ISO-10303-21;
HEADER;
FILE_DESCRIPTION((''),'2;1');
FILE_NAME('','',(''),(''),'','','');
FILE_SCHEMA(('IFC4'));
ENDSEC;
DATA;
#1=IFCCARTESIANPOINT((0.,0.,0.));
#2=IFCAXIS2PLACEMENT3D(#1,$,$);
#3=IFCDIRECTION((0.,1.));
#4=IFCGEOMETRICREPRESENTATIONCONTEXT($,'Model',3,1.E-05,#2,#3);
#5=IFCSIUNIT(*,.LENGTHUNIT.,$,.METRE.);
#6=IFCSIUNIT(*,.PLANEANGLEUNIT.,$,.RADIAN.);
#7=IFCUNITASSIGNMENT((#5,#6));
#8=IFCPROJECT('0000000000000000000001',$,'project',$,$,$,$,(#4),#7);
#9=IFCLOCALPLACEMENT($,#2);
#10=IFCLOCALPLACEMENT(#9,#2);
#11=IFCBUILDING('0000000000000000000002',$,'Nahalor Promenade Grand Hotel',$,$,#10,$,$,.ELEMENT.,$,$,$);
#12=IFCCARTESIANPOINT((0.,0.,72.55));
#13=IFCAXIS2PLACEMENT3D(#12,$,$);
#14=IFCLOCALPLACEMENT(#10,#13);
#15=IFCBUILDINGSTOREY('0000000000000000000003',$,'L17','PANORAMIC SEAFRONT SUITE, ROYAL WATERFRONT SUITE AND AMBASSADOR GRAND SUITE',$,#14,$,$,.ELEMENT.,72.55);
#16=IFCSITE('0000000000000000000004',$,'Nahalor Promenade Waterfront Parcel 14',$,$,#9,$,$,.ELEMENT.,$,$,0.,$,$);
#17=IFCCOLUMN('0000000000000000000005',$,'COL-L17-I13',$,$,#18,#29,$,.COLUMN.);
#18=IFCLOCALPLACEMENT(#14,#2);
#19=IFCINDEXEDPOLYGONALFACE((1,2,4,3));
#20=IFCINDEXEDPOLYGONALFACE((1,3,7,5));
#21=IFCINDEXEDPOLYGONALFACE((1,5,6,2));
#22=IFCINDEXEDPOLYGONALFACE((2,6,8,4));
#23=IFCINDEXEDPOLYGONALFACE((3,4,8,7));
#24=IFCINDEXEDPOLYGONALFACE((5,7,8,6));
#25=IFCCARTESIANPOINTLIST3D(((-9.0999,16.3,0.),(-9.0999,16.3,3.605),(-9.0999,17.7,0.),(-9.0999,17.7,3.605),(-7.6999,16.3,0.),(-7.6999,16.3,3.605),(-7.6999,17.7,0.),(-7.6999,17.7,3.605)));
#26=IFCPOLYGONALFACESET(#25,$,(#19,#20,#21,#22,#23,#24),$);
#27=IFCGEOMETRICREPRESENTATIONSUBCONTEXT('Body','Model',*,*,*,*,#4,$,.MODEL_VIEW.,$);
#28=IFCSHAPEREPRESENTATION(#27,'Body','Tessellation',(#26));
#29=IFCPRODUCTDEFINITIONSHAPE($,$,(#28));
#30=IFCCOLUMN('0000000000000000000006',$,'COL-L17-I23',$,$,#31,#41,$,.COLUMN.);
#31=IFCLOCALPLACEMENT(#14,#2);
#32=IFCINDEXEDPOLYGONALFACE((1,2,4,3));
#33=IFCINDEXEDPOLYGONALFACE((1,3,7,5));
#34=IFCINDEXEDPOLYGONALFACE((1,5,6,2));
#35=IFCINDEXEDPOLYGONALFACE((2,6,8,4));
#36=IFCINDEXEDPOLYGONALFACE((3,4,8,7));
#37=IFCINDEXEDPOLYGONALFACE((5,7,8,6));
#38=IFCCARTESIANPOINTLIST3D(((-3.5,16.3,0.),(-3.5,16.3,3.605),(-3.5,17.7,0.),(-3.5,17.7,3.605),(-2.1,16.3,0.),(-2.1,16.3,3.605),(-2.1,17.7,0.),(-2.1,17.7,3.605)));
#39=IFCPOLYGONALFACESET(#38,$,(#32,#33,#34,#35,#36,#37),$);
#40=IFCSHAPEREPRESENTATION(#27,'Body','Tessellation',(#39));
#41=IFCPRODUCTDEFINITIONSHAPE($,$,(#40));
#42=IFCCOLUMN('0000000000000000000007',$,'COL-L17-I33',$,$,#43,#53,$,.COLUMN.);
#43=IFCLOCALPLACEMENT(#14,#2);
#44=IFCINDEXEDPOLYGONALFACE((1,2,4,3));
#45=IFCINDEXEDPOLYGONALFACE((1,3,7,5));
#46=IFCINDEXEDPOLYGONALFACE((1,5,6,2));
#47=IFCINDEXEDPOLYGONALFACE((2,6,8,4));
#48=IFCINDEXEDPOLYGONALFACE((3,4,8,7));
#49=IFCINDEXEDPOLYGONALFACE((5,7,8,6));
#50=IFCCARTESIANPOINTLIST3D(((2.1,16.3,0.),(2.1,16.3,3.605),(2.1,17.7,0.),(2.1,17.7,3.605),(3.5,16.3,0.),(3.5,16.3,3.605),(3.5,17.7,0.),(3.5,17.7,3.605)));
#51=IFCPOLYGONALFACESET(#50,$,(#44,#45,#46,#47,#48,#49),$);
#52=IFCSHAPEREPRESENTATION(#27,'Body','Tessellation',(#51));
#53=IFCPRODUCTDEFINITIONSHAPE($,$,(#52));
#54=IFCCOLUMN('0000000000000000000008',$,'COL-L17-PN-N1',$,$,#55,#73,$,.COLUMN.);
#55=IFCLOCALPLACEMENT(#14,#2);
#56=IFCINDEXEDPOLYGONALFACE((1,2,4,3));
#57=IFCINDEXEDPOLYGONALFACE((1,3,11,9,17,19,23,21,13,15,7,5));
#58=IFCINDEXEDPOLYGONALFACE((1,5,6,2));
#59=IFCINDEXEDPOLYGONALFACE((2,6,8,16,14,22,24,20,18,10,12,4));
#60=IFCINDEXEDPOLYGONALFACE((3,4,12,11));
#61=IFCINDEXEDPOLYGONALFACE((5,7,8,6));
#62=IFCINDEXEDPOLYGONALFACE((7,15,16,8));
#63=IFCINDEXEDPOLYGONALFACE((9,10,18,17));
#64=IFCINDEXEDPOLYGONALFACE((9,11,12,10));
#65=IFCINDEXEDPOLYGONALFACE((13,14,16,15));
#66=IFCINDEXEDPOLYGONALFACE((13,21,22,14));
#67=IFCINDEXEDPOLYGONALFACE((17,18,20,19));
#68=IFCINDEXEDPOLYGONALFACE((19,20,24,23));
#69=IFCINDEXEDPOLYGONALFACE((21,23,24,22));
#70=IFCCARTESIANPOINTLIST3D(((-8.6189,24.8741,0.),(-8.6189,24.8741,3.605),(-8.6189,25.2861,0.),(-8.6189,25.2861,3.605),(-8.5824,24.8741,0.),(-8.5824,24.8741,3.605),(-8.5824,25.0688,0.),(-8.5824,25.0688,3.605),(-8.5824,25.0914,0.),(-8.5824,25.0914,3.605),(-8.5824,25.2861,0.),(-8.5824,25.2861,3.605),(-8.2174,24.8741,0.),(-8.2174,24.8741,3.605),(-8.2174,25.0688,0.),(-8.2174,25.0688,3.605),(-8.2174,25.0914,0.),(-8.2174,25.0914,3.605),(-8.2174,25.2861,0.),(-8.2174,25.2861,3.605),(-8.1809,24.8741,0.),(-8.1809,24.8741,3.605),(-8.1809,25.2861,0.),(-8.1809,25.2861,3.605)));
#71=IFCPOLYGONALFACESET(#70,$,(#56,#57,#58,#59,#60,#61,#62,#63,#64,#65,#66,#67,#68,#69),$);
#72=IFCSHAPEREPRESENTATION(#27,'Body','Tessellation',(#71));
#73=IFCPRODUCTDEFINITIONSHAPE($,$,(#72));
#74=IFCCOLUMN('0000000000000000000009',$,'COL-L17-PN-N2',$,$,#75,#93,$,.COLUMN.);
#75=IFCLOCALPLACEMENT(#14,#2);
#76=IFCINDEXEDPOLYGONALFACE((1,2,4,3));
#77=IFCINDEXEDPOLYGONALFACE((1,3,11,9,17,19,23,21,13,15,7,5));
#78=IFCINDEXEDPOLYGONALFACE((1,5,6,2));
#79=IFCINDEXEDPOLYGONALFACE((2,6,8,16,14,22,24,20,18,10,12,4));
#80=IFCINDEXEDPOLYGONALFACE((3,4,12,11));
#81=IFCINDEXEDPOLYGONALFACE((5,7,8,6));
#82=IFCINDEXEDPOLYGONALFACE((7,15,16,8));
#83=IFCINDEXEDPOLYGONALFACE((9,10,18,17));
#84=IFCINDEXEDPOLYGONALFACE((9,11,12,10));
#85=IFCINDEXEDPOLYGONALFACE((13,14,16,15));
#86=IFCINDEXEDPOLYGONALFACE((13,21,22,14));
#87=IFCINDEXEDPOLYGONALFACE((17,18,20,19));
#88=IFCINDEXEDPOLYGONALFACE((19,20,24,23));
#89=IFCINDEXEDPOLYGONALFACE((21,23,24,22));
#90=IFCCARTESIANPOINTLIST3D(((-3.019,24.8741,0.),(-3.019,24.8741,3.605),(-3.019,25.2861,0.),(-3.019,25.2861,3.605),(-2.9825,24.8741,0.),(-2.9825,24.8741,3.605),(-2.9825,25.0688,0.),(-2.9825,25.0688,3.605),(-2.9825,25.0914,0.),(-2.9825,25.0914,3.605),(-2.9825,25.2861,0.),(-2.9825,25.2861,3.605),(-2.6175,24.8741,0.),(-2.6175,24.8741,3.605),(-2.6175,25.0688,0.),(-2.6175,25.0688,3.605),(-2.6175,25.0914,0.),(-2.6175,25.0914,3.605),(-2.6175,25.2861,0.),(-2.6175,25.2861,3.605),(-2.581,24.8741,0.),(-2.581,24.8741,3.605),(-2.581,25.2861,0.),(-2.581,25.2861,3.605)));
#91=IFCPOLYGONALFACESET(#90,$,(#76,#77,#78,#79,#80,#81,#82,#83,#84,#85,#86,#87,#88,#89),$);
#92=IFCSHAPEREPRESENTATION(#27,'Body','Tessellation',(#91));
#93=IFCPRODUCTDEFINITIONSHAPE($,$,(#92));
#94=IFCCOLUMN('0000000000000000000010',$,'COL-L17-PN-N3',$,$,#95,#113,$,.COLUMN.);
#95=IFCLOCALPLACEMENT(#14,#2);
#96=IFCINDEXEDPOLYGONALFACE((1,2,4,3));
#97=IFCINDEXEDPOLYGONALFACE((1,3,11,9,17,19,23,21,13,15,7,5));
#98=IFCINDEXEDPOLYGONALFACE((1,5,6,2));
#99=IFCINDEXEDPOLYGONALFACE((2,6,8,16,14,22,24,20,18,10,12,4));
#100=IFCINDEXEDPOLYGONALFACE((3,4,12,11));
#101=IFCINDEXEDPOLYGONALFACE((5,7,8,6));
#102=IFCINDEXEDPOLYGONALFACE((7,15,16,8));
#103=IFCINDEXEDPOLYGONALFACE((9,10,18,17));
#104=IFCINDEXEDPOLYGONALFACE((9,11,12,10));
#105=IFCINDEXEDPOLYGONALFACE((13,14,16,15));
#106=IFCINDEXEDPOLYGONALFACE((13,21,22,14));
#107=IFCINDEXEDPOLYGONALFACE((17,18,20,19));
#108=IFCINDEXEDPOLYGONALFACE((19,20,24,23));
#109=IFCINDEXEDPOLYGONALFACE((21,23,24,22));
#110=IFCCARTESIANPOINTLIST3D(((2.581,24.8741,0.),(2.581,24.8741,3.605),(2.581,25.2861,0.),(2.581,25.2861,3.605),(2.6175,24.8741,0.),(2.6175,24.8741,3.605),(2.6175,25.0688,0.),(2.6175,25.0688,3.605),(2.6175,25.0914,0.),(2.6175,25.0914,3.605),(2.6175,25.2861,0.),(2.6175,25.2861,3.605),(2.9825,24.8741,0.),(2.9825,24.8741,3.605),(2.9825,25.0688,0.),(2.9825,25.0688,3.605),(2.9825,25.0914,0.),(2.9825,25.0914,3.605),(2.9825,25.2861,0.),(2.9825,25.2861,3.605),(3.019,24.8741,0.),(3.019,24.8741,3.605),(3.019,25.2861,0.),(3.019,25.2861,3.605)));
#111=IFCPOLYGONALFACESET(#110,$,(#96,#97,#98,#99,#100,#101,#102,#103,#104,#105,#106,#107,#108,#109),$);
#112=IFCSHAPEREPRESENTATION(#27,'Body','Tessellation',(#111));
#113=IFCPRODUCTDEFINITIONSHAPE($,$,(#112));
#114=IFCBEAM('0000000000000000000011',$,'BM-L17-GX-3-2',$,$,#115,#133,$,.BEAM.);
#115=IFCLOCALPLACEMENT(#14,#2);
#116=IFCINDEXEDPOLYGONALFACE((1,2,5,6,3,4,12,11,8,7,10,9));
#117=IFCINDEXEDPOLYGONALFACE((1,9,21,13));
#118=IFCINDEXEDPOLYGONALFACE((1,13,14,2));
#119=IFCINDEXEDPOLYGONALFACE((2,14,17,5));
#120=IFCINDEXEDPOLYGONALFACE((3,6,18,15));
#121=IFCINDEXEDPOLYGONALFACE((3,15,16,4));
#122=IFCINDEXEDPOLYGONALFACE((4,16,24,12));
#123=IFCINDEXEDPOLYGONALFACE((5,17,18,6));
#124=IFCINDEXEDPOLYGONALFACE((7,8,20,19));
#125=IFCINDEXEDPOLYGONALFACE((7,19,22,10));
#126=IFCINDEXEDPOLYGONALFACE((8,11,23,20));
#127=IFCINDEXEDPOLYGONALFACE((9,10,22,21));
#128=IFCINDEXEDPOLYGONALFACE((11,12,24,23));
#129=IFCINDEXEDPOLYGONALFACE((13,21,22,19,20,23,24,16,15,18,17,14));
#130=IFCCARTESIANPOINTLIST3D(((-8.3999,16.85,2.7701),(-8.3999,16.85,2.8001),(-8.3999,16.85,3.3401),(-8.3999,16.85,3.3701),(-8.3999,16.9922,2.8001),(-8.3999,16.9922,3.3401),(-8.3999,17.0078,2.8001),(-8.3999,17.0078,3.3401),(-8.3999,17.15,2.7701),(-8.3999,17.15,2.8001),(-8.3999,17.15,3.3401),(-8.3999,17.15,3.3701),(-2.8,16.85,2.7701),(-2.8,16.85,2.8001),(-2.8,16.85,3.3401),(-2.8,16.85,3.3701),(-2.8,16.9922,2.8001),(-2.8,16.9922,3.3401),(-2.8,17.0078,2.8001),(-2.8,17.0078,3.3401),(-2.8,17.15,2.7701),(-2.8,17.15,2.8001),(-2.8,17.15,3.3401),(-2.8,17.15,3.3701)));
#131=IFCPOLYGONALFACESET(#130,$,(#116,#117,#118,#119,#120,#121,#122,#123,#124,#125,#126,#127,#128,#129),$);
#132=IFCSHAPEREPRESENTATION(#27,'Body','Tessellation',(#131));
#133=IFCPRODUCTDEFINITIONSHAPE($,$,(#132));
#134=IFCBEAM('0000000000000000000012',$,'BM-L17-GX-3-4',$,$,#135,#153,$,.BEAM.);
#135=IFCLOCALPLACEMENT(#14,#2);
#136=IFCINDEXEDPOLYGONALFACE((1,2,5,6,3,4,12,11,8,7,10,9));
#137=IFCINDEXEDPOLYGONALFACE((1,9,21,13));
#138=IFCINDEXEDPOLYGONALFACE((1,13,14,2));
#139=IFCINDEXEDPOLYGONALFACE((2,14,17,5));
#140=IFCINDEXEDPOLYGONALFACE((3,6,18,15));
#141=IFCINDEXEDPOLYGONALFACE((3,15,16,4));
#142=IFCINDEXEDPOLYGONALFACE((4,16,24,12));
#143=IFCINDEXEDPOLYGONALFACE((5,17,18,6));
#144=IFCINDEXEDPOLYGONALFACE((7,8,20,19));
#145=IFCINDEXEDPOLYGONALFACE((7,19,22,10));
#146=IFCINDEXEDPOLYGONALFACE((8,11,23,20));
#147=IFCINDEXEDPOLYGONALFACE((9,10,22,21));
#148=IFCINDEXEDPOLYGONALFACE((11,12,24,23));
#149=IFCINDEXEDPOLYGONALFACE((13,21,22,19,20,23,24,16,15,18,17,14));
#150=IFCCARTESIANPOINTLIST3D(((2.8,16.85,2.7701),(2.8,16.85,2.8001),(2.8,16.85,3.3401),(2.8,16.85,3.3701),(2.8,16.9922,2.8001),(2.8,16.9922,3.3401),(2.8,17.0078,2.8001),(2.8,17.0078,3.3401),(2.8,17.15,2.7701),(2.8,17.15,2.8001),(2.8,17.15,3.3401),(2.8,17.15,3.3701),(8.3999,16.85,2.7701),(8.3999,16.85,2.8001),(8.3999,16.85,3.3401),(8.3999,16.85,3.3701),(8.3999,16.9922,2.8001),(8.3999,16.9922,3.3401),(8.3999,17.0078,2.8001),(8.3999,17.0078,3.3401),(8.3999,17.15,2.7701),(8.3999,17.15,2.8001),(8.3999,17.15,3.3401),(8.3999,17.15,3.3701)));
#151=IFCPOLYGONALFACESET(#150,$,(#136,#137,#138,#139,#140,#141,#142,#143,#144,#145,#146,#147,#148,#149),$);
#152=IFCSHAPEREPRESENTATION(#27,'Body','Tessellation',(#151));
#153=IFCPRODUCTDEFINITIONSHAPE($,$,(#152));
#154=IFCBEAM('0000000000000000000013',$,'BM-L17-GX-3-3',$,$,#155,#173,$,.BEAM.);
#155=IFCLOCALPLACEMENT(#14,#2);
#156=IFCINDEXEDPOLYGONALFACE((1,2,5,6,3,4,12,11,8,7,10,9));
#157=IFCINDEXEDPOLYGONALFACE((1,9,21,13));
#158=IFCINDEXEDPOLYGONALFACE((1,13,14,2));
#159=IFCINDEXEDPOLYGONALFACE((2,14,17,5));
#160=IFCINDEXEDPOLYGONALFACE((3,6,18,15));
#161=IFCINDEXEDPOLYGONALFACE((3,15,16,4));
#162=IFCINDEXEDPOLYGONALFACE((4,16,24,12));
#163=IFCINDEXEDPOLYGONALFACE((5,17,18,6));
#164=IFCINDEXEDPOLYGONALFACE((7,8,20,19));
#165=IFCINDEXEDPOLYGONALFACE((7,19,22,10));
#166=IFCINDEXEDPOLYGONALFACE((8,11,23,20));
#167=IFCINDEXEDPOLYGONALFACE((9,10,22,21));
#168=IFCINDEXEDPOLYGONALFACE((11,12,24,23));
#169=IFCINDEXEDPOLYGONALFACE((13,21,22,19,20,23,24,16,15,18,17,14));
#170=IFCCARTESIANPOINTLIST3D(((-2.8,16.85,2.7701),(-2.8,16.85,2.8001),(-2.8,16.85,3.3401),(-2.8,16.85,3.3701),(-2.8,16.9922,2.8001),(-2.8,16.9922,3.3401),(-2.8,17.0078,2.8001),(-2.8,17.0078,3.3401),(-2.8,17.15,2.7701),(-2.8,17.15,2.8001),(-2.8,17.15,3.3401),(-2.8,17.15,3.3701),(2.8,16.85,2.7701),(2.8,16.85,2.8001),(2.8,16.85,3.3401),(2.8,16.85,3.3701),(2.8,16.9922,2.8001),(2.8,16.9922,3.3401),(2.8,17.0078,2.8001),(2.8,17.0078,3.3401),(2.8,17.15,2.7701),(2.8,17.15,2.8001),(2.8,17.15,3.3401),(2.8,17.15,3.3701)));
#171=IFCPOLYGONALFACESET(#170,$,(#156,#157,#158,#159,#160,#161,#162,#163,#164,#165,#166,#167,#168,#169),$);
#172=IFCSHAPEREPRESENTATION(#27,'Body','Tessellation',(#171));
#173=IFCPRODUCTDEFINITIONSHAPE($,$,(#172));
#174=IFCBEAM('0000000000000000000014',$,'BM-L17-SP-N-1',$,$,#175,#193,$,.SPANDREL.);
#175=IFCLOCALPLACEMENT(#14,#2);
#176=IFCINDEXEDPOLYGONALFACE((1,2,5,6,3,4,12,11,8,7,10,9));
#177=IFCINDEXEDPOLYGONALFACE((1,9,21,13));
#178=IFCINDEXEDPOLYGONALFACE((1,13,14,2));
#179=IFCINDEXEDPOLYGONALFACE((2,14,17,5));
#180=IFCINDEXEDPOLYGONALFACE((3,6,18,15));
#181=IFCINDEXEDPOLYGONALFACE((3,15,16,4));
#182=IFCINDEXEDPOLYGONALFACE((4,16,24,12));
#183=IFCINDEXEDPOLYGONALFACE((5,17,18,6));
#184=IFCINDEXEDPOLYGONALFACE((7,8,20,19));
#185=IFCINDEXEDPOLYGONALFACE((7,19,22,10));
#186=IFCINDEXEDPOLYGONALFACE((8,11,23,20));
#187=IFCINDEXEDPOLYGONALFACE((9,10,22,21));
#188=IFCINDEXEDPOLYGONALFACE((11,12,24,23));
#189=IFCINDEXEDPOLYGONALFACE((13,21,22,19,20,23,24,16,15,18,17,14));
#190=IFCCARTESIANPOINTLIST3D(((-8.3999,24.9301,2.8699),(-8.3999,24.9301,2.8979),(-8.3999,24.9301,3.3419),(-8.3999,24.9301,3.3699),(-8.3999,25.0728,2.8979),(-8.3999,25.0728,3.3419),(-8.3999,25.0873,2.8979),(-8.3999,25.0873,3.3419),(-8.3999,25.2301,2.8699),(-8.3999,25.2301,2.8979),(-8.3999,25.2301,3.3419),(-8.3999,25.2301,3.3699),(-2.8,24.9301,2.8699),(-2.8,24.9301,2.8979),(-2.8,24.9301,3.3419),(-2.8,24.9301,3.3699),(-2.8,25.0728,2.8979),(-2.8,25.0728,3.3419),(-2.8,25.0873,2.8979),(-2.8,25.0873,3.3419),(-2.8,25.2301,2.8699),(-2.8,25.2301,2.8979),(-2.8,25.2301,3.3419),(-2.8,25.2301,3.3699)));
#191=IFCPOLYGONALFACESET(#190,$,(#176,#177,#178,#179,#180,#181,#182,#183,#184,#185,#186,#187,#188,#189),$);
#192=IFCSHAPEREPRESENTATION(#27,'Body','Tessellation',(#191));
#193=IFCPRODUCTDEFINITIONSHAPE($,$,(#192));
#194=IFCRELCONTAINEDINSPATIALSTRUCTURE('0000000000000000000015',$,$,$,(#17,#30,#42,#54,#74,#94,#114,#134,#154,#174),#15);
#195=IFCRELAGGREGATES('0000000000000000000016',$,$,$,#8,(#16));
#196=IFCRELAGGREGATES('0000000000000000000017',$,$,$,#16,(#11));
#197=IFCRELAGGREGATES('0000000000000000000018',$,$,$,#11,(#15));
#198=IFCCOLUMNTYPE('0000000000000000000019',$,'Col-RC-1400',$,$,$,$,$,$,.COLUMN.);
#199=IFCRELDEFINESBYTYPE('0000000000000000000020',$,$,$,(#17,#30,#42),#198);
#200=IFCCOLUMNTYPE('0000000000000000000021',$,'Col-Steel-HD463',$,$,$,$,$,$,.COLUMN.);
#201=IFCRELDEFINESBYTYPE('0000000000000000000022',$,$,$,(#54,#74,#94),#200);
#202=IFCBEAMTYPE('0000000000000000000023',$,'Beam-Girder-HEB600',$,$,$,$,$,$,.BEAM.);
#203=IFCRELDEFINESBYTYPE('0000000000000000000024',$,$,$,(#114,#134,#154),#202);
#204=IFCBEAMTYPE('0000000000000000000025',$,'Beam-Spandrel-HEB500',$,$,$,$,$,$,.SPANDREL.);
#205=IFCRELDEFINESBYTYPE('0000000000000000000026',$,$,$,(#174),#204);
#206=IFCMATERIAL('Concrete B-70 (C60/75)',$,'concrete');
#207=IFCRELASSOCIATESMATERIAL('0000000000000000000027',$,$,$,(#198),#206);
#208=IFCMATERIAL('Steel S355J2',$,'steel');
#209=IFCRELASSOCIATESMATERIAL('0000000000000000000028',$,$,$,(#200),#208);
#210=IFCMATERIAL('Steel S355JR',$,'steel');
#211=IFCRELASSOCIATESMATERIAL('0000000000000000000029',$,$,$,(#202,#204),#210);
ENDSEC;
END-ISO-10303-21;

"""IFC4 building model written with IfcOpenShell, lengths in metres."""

from ifc_helpers import new_model, si_unit, direction, frame, origin, origin_2d, place, context, subcontext, project, spatial, rectangle, i_section, extrude, source, transform, mapped, material, material_profile, profile_set, type_object, element, save


model = new_model("IFC4")

# Units and contexts
model_context = context("Model", 3, precision=1e-05, world=origin(), true_north=direction((0.0, 1.0)))
body_context = subcontext(model_context, "Body", "Model", "MODEL_VIEW")
ifc_project = project(units=[si_unit("LENGTHUNIT", "METRE"), si_unit("PLANEANGLEUNIT", "RADIAN")], contexts=[model_context])

# Site, building, storey
site_placement = place(None, origin())
site = spatial("IfcSite", under=ifc_project, at=site_placement, Name="Nahalor Promenade Waterfront Parcel 14", CompositionType="ELEMENT", RefElevation=0.0)
building_placement = place(site_placement, origin())
building = spatial("IfcBuilding", under=site, at=building_placement, Name="Nahalor Promenade Grand Hotel", CompositionType="ELEMENT")
storey_placement = place(building_placement, frame((0.0, 0.0, 72.55)))
storey = spatial("IfcBuildingStorey", under=building, at=storey_placement, Name="L17", Description="PANORAMIC SEAFRONT SUITE, ROYAL WATERFRONT SUITE AND AMBASSADOR GRAND SUITE", CompositionType="ELEMENT", Elevation=72.55)

# Columns
ifc_material_1 = material(Name="Concrete B-70 (C60/75)", Category="concrete")
ifc_material_profile_1 = material_profile(ifc_material_1, rectangle(XDim=1.4, YDim=1.4, at=origin_2d()), Name="RC 1400x1400")
ifc_profile_set_1 = profile_set([ifc_material_profile_1], Name="Concrete B-70 (C60/75)")
column_type_1 = type_object("IfcColumnType", Name="Col-RC-1400", PredefinedType="COLUMN", material=ifc_profile_set_1)
shared_shape_1 = source(origin(), body_context, "Body", "SweptSolid", [
    extrude(rectangle(XDim=1.4, YDim=1.4, at=origin_2d()), origin(), (0.0, 0.0, 1.0), 3.605),
])
for number, where, z_axis, x_axis, name in (
    (1, (-8.3999, 17.0, 0.0), (0.0, 0.0, 1.0), (1.0, 0.0, 0.0), "COL-L17-I13"),
    (2, (-2.8, 17.0, 0.0), (0.0, 0.0, 1.0), (1.0, 0.0, 0.0), "COL-L17-I23"),
    (3, (2.8, 17.0, 0.0), (0.0, 0.0, 1.0), (1.0, 0.0, 0.0), "COL-L17-I33"),
):
    element("IfcColumn", number, at=place(storey_placement, frame(where, z_axis=z_axis, x_axis=x_axis)), inside=storey, type_object=column_type_1, Name=name, PredefinedType="COLUMN", context=body_context, shape_type="MappedRepresentation", body=[
        mapped(shared_shape_1, transform((0.0, 0.0, 0.0), scale=1.0)),
    ])
ifc_material_2 = material(Name="Steel S355J2", Category="steel")
ifc_material_profile_2 = material_profile(ifc_material_2, i_section(OverallWidth=0.412, OverallDepth=0.438, WebThickness=0.0226, FlangeThickness=0.0365, at=origin_2d()), Name="HD 400x463")
ifc_profile_set_2 = profile_set([ifc_material_profile_2], Name="Steel S355J2")
column_type_2 = type_object("IfcColumnType", Name="Col-Steel-HD463", PredefinedType="COLUMN", material=ifc_profile_set_2)
shared_shape_2 = source(origin(), body_context, "Body", "SweptSolid", [
    extrude(i_section(OverallWidth=0.412, OverallDepth=0.438, WebThickness=0.0226, FlangeThickness=0.0365, at=origin_2d()), origin(), (0.0, 0.0, 1.0), 3.605),
])
for number, where, z_axis, x_axis, name in (
    (4, (-8.3999, 25.0801, 0.0), (0.0, 0.0, 1.0), (0.0, 1.0, 0.0), "COL-L17-PN-N1"),
    (5, (-2.8, 25.0801, 0.0), (0.0, 0.0, 1.0), (0.0, 1.0, 0.0), "COL-L17-PN-N2"),
    (6, (2.8, 25.0801, 0.0), (0.0, 0.0, 1.0), (0.0, 1.0, 0.0), "COL-L17-PN-N3"),
):
    element("IfcColumn", number, at=place(storey_placement, frame(where, z_axis=z_axis, x_axis=x_axis)), inside=storey, type_object=column_type_2, Name=name, PredefinedType="COLUMN", context=body_context, shape_type="MappedRepresentation", body=[
        mapped(shared_shape_2, transform((0.0, 0.0, 0.0), scale=1.0)),
    ])

# Beams
ifc_material_3 = material(Name="Steel S355JR", Category="steel")
ifc_material_profile_3 = material_profile(ifc_material_3, i_section(OverallWidth=0.3, OverallDepth=0.6, WebThickness=0.0155, FlangeThickness=0.03, at=origin_2d()), Name="HEB 600")
ifc_profile_set_3 = profile_set([ifc_material_profile_3], Name="Steel S355JR")
beam_type_1 = type_object("IfcBeamType", Name="Beam-Girder-HEB600", PredefinedType="BEAM", material=ifc_profile_set_3)
shared_shape_3 = source(origin(), body_context, "Body", "SweptSolid", [
    extrude(i_section(OverallWidth=0.3, OverallDepth=0.6, WebThickness=0.0155, FlangeThickness=0.03, at=origin_2d()), origin(), (0.0, 0.0, 1.0), 5.5999),
])
for number, where, z_axis, x_axis, name in (
    (7, (-8.3999, 17.0, 3.0701), (1.0, 0.0, 0.0), (0.0, 1.0, 0.0), "BM-L17-GX-3-2"),
    (8, (2.8, 17.0, 3.0701), (1.0, 0.0, 0.0), (0.0, 1.0, 0.0), "BM-L17-GX-3-4"),
):
    element("IfcBeam", number, at=place(storey_placement, frame(where, z_axis=z_axis, x_axis=x_axis)), inside=storey, type_object=beam_type_1, Name=name, PredefinedType="BEAM", context=body_context, shape_type="MappedRepresentation", body=[
        mapped(shared_shape_3, transform((0.0, 0.0, 0.0), scale=1.0)),
    ])
shared_shape_4 = source(origin(), body_context, "Body", "SweptSolid", [
    extrude(i_section(OverallWidth=0.3, OverallDepth=0.6, WebThickness=0.0155, FlangeThickness=0.03, at=origin_2d()), origin(), (0.0, 0.0, 1.0), 5.6001),
])
beam_1_placement = place(storey_placement, frame((-2.8, 17.0, 3.0701), z_axis=(1.0, 0.0, 0.0), x_axis=(0.0, 1.0, 0.0)))
element("IfcBeam", 9, at=beam_1_placement, inside=storey, type_object=beam_type_1, Name="BM-L17-GX-3-3", PredefinedType="BEAM", context=body_context, shape_type="MappedRepresentation", body=[
    mapped(shared_shape_4, transform((0.0, 0.0, 0.0), scale=1.0)),
])
ifc_material_profile_4 = material_profile(ifc_material_3, i_section(OverallWidth=0.3, OverallDepth=0.5, WebThickness=0.0145, FlangeThickness=0.028, at=origin_2d()), Name="HEB 500")
ifc_profile_set_4 = profile_set([ifc_material_profile_4], Name="Steel S355JR")
beam_type_2 = type_object("IfcBeamType", Name="Beam-Spandrel-HEB500", PredefinedType="SPANDREL", material=ifc_profile_set_4)
shared_shape_5 = source(origin(), body_context, "Body", "SweptSolid", [
    extrude(i_section(OverallWidth=0.3, OverallDepth=0.5, WebThickness=0.0145, FlangeThickness=0.028, at=origin_2d()), origin(), (0.0, 0.0, 1.0), 5.5999),
])
for number, where, z_axis, x_axis, name in (
    (10, (-8.3999, 25.0801, 3.1199), (1.0, 0.0, 0.0), (0.0, 1.0, 0.0), "BM-L17-SP-N-1"),
):
    element("IfcBeam", number, at=place(storey_placement, frame(where, z_axis=z_axis, x_axis=x_axis)), inside=storey, type_object=beam_type_2, Name=name, PredefinedType="SPANDREL", context=body_context, shape_type="MappedRepresentation", body=[
        mapped(shared_shape_5, transform((0.0, 0.0, 0.0), scale=1.0)),
    ])

save(model, "model.ifc")
